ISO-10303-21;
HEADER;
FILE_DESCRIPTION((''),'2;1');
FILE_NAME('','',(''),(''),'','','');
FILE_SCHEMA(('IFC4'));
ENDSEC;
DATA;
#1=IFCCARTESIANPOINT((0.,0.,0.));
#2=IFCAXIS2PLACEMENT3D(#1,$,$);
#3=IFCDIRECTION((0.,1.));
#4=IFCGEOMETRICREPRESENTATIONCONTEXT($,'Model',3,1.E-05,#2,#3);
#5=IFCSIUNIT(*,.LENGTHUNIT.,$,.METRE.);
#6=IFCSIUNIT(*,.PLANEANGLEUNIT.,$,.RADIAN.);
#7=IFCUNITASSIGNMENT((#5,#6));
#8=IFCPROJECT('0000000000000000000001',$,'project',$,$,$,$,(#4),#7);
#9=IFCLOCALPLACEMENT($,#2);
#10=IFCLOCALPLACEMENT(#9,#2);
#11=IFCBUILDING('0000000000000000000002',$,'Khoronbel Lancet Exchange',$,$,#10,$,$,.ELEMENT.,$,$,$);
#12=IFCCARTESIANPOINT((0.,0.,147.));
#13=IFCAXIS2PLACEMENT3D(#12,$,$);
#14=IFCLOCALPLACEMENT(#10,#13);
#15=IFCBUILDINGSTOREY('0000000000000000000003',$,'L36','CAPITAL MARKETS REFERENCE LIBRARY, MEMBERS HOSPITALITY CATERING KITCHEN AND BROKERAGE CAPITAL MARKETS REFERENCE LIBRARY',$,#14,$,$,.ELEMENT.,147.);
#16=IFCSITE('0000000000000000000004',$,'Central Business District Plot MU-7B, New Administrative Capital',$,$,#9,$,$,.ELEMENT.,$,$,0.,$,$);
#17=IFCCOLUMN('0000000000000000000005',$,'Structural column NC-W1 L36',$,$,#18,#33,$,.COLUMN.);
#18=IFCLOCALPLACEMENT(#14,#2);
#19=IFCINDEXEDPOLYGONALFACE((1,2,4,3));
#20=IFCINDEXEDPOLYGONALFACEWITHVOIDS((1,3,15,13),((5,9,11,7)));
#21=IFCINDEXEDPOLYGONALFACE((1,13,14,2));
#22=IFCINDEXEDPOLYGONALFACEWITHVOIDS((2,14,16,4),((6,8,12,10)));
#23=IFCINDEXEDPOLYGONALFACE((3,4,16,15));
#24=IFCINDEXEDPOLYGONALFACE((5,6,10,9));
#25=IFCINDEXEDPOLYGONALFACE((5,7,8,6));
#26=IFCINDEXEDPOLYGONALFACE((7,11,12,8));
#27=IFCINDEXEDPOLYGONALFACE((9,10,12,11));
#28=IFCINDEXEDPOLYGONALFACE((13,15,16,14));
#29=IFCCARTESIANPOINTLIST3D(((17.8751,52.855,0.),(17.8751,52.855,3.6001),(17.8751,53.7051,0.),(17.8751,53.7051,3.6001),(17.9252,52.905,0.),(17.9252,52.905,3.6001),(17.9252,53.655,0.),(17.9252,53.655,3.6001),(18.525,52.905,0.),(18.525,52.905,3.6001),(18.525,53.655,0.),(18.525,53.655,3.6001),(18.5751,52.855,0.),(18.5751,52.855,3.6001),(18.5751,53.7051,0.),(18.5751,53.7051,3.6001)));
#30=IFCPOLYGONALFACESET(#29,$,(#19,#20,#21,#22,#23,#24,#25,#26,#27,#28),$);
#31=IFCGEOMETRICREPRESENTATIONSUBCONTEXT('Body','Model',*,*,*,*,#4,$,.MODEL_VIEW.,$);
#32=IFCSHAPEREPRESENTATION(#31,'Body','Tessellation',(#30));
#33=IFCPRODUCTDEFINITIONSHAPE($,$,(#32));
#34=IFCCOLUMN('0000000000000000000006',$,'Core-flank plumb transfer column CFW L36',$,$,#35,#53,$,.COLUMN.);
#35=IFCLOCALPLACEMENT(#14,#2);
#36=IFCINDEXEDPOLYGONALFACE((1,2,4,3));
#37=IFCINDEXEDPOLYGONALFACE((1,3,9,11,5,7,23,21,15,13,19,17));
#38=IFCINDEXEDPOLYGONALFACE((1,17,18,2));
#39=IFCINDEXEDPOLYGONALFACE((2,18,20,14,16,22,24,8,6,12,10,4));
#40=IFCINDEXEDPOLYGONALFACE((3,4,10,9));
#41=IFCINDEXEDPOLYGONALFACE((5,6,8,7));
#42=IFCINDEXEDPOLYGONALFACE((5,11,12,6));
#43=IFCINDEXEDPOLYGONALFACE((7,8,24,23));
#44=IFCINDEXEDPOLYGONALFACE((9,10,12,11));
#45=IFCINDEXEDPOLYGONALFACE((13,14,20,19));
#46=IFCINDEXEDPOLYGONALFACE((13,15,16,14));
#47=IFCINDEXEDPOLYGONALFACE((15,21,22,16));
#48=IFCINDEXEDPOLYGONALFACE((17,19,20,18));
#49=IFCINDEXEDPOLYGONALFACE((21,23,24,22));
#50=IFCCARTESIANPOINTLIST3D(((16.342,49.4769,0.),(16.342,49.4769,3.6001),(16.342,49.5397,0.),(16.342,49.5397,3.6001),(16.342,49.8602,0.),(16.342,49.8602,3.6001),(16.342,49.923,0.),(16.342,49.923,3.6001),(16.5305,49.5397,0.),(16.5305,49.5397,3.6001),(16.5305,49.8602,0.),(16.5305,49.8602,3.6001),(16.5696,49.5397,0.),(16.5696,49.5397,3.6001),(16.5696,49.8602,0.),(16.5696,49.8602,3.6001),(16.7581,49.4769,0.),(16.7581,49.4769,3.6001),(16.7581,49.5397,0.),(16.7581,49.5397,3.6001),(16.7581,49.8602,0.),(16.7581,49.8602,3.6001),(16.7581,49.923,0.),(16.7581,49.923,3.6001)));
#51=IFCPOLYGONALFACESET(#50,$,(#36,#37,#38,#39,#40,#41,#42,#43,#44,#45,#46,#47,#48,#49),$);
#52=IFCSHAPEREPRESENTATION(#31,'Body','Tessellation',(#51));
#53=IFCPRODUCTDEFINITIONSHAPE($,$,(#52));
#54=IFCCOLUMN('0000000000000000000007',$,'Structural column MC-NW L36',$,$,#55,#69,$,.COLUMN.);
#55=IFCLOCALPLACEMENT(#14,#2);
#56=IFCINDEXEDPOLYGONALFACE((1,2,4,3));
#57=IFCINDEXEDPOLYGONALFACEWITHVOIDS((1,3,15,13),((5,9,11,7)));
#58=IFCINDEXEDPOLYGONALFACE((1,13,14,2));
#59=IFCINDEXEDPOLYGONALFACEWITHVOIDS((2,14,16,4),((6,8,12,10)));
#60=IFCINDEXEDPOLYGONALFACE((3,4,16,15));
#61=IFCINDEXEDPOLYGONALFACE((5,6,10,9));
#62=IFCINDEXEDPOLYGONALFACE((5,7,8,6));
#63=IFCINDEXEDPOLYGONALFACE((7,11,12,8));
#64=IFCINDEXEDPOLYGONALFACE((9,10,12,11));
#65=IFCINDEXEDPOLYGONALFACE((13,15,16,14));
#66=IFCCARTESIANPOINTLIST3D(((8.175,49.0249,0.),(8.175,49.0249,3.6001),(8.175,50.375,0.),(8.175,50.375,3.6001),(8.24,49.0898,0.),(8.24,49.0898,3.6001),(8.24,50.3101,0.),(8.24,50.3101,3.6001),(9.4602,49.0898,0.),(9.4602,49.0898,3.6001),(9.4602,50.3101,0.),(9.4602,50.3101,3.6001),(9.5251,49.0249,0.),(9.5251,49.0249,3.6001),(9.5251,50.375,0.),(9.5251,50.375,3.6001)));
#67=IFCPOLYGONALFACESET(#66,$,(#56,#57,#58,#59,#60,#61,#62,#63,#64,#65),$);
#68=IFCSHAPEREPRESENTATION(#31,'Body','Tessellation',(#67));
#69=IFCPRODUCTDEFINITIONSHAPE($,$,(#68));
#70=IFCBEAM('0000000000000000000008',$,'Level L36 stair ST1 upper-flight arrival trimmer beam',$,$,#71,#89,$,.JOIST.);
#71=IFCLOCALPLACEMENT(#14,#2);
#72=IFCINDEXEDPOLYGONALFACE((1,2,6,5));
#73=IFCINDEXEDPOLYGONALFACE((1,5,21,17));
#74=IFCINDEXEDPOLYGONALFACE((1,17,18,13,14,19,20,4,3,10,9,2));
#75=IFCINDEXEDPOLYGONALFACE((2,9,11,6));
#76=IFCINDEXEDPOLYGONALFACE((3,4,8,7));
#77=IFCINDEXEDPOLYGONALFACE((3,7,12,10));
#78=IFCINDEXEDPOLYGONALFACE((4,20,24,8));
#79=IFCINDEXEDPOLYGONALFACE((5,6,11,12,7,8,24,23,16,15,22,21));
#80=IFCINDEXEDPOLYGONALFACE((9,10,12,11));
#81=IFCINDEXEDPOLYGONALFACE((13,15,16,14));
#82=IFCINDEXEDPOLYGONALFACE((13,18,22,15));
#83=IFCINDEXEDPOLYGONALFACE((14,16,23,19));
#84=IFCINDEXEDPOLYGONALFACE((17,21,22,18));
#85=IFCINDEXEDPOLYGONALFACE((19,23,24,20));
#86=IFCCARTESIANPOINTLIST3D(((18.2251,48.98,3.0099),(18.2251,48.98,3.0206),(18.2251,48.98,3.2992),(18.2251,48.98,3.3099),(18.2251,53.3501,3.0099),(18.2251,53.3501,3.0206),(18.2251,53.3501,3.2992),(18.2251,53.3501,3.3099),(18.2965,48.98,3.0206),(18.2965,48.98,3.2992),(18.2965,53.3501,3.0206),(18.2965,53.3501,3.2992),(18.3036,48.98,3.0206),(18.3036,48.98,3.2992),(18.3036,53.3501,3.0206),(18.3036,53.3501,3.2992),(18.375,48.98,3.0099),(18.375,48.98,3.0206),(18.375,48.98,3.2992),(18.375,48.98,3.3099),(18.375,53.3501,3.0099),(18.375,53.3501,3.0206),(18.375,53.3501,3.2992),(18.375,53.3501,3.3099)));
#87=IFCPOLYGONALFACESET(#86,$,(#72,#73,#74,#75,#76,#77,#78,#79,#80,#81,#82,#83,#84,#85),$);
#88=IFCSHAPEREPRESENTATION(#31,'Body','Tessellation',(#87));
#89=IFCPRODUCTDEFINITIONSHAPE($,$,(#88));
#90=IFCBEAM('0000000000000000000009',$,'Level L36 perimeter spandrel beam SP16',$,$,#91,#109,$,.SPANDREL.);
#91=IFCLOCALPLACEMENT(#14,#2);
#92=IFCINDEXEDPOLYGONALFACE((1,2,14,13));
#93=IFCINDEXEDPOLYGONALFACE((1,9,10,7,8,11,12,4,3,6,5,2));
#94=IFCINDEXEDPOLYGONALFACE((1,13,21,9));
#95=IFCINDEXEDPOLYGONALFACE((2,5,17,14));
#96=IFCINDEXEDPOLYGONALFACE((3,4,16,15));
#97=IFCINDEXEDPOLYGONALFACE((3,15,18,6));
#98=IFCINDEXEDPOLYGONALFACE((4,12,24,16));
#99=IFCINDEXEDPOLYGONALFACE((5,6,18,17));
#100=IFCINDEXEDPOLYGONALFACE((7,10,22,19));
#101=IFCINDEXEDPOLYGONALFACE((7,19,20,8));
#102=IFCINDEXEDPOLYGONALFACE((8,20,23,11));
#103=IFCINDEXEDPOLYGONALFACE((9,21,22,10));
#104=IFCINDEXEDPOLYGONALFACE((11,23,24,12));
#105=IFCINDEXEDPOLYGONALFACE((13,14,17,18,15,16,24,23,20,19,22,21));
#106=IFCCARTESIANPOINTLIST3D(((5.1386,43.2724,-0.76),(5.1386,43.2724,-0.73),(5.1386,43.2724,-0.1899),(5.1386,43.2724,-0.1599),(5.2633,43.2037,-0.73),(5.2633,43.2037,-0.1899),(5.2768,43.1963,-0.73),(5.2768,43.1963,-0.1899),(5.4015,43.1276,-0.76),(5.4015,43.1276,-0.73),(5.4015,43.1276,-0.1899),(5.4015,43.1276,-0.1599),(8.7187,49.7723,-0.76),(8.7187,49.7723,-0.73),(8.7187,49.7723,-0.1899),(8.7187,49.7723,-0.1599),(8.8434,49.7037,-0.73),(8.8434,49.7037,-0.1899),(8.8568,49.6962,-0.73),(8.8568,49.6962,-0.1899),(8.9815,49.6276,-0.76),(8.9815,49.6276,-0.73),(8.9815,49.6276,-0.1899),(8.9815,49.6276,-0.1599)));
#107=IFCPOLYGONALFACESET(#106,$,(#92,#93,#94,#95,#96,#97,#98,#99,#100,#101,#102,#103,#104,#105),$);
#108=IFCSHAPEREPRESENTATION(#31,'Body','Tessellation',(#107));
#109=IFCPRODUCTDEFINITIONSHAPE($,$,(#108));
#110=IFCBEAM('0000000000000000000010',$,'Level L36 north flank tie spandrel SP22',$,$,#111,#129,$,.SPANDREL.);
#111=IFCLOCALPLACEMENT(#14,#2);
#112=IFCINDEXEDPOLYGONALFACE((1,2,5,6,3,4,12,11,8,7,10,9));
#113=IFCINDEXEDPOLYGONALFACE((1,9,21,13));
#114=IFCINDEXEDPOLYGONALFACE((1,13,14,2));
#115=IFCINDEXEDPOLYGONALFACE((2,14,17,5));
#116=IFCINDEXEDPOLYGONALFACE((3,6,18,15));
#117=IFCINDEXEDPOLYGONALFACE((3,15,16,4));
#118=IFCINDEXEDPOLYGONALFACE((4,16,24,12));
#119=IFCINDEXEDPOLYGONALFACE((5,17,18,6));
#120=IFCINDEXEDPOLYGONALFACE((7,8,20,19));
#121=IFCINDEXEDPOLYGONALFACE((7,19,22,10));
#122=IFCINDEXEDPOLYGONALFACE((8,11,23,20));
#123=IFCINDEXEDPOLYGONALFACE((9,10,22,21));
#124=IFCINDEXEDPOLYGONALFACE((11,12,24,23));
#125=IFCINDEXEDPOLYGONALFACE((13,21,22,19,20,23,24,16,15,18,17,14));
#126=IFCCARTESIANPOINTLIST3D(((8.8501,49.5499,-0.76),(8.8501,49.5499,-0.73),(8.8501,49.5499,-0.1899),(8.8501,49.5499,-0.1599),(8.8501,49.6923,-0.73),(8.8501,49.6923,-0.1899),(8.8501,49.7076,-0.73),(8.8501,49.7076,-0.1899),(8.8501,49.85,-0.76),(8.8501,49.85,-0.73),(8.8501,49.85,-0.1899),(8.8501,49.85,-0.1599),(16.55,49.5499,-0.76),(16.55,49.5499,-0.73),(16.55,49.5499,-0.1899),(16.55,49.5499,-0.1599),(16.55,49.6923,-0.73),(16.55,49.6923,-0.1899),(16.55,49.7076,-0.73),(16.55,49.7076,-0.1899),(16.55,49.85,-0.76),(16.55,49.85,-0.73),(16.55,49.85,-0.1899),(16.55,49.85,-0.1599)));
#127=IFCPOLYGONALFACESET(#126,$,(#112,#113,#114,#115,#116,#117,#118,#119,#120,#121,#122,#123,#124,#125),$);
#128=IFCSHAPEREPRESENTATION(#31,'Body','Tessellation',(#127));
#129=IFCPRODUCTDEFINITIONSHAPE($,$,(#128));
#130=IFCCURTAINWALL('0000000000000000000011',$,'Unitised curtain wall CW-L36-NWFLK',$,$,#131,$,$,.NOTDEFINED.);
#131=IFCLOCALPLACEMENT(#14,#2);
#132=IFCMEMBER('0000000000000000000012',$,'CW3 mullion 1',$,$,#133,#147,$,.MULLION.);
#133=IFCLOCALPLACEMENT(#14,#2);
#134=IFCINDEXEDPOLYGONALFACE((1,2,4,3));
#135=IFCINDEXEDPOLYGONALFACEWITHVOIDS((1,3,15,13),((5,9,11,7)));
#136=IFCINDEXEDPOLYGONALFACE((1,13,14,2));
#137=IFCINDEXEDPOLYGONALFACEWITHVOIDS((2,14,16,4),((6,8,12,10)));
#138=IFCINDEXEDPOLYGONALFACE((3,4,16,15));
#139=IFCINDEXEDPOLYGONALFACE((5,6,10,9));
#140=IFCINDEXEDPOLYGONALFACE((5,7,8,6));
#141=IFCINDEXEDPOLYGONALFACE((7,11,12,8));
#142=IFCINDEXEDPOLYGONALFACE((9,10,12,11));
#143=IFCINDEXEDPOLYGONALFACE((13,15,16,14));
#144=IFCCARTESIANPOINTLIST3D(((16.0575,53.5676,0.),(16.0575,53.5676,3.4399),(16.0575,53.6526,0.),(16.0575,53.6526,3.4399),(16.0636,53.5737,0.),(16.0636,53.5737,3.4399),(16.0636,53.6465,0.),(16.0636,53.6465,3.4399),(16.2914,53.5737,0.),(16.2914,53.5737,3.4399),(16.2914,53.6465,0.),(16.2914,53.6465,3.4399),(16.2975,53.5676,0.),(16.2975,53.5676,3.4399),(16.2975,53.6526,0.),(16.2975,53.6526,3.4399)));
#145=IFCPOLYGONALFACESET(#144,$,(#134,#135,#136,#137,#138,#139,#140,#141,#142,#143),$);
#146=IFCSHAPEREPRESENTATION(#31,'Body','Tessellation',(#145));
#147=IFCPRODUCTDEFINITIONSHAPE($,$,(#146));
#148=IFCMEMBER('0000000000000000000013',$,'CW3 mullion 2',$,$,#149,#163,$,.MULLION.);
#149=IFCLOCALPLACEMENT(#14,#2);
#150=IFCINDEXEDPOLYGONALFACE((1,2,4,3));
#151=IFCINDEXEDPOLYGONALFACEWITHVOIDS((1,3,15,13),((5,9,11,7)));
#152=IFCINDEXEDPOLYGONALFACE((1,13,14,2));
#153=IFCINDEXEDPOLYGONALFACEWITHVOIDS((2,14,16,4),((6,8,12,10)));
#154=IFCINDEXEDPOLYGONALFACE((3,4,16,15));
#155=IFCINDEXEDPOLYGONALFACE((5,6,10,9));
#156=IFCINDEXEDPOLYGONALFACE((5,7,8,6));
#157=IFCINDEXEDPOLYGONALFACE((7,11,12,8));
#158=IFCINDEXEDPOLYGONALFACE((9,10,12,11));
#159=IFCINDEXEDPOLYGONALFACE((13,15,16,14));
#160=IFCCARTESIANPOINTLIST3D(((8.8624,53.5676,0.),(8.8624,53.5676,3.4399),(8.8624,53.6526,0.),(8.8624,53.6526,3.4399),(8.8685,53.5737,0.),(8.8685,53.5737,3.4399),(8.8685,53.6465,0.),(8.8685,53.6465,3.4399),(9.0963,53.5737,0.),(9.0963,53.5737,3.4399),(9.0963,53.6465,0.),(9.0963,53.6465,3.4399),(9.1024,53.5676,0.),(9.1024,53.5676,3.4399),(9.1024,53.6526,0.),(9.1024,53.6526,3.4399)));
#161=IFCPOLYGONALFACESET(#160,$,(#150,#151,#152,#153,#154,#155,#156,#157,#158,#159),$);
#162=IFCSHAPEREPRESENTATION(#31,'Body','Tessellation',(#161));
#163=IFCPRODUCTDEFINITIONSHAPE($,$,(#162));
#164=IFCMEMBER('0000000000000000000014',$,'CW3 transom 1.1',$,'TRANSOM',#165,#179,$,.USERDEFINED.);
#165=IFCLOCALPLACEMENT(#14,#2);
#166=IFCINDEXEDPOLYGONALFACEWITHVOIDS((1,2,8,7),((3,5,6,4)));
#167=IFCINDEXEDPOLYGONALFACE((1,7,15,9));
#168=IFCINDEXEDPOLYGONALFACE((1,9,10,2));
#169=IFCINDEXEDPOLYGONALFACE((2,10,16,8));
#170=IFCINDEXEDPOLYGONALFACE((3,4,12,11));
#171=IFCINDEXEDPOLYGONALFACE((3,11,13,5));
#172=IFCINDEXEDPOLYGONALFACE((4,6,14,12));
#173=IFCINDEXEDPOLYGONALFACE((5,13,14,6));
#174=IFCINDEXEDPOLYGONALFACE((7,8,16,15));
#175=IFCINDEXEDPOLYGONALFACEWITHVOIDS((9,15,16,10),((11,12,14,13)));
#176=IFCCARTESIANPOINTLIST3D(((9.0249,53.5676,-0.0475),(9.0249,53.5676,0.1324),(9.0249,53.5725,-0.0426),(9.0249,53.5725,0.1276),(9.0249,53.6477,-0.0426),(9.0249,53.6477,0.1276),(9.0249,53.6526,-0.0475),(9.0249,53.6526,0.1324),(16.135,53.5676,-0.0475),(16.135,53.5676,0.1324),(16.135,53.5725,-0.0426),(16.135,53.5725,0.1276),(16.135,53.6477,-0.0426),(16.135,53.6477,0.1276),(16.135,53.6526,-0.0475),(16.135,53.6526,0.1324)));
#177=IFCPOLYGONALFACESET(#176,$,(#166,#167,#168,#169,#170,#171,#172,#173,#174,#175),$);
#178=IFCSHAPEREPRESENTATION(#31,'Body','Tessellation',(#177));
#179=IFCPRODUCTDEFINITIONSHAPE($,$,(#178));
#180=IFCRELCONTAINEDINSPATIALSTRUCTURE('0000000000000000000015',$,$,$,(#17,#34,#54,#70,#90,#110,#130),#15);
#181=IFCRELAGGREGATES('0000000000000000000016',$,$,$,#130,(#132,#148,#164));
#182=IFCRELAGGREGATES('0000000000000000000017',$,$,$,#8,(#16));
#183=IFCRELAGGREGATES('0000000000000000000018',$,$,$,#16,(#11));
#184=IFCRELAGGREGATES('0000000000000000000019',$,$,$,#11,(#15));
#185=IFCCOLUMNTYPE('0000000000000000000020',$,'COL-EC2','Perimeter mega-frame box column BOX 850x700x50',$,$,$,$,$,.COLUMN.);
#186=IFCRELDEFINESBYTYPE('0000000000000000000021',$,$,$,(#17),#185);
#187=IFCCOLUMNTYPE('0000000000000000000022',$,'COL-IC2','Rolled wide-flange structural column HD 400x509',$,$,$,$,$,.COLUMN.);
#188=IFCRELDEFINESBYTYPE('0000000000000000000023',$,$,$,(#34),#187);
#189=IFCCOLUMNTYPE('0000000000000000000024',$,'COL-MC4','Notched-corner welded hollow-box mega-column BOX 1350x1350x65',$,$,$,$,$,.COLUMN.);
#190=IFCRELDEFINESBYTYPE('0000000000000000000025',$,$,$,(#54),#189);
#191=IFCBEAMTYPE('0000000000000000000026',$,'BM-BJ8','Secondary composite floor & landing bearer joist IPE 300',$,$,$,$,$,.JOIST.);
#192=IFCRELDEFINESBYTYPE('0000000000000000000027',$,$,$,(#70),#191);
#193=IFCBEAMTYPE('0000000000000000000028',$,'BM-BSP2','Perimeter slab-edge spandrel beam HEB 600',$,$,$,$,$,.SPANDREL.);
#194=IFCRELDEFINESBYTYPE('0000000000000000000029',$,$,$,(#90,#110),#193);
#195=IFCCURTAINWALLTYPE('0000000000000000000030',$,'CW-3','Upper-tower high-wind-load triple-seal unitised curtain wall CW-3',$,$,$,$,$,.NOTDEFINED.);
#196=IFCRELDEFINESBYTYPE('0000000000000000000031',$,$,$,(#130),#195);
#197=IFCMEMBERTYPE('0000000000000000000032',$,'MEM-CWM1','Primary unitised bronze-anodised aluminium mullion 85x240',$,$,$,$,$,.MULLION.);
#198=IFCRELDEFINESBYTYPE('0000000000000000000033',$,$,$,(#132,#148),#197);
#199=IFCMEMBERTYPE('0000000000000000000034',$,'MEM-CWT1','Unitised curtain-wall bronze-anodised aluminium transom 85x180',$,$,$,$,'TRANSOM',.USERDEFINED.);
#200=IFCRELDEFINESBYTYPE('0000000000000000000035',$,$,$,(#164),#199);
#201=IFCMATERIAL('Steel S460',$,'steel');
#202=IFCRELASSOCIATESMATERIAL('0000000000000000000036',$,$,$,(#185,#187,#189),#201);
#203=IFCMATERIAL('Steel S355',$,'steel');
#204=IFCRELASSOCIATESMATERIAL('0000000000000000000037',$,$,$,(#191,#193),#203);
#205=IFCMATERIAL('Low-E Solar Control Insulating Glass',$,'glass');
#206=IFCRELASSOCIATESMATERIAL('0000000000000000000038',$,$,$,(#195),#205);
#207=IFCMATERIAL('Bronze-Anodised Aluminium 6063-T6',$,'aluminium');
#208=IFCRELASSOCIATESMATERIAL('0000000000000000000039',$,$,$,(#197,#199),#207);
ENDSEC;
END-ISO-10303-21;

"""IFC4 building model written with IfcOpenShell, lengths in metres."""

from ifc_helpers import new_model, si_unit, direction, frame, origin, origin_2d, place, context, subcontext, project, spatial, hollow_rectangle, i_section, extrude, material, material_profile, profile_set, type_object, element, aggregate, save


model = new_model("IFC4")

# Units and contexts
model_context = context("Model", 3, precision=1e-05, world=origin(), true_north=direction((0.0, 1.0)))
body_context = subcontext(model_context, "Body", "Model", "MODEL_VIEW")
ifc_project = project(units=[si_unit("LENGTHUNIT", "METRE"), si_unit("PLANEANGLEUNIT", "RADIAN")], contexts=[model_context])

# Site, building, storey
site_placement = place(None, origin())
site = spatial("IfcSite", under=ifc_project, at=site_placement, Name="Central Business District Plot MU-7B, New Administrative Capital", CompositionType="ELEMENT", RefElevation=0.0)
building_placement = place(site_placement, origin())
building = spatial("IfcBuilding", under=site, at=building_placement, Name="Khoronbel Lancet Exchange", CompositionType="ELEMENT")
storey_placement = place(building_placement, frame((0.0, 0.0, 147.0)))
storey = spatial("IfcBuildingStorey", under=building, at=storey_placement, Name="L36", Description="CAPITAL MARKETS REFERENCE LIBRARY, MEMBERS HOSPITALITY CATERING KITCHEN AND BROKERAGE CAPITAL MARKETS REFERENCE LIBRARY", CompositionType="ELEMENT", Elevation=147.0)

# Columns
ifc_material_1 = material(Name="Steel S460", Category="steel")
ifc_material_profile_1 = material_profile(ifc_material_1, hollow_rectangle(XDim=0.7, YDim=0.8501, WallThickness=0.05, at=origin_2d()), Name="BOX 850x700x50")
ifc_profile_set_1 = profile_set([ifc_material_profile_1], Name="Steel S460")
column_type_1 = type_object("IfcColumnType", Name="COL-EC2", Description="Perimeter mega-frame box column BOX 850x700x50", PredefinedType="COLUMN", material=ifc_profile_set_1)
column_1_placement = place(storey_placement, frame((18.2251, 53.28, 0.0), z_axis=(0.0, 0.0, 1.0), x_axis=(1.0, 0.0, 0.0)))
element("IfcColumn", 1, at=column_1_placement, inside=storey, type_object=column_type_1, Name="Structural column NC-W1 L36", PredefinedType="COLUMN", context=body_context, shape_type="SweptSolid", body=[
    extrude(hollow_rectangle(XDim=0.7, YDim=0.8501, WallThickness=0.05, at=origin_2d()), origin(), (0.0, 0.0, 1.0), 3.6001),
])
ifc_material_profile_2 = material_profile(ifc_material_1, i_section(OverallWidth=0.416, OverallDepth=0.446, WebThickness=0.0391, FlangeThickness=0.0627, at=origin_2d()), Name="HD 400x509")
ifc_profile_set_2 = profile_set([ifc_material_profile_2], Name="Steel S460")
column_type_2 = type_object("IfcColumnType", Name="COL-IC2", Description="Rolled wide-flange structural column HD 400x509", PredefinedType="COLUMN", material=ifc_profile_set_2)
column_2_placement = place(storey_placement, frame((16.55, 49.7, 0.0), z_axis=(0.0, 0.0, 1.0), x_axis=(1.0, 0.0, 0.0)))
element("IfcColumn", 2, at=column_2_placement, inside=storey, type_object=column_type_2, Name="Core-flank plumb transfer column CFW L36", PredefinedType="COLUMN", context=body_context, shape_type="SweptSolid", body=[
    extrude(i_section(OverallWidth=0.416, OverallDepth=0.446, WebThickness=0.0391, FlangeThickness=0.0627, at=origin_2d()), origin(), (0.0, 0.0, 1.0), 3.6001),
])
ifc_material_profile_3 = material_profile(ifc_material_1, hollow_rectangle(XDim=1.3501, YDim=1.3501, WallThickness=0.0649, at=origin_2d()), Name="BOX 1350x1350x65")
ifc_profile_set_3 = profile_set([ifc_material_profile_3], Name="Steel S460")
column_type_3 = type_object("IfcColumnType", Name="COL-MC4", Description="Notched-corner welded hollow-box mega-column BOX 1350x1350x65", PredefinedType="COLUMN", material=ifc_profile_set_3)
column_3_placement = place(storey_placement, frame((8.8501, 49.7, 0.0), z_axis=(0.0, 0.0, 1.0), x_axis=(1.0, 0.0, 0.0)))
element("IfcColumn", 3, at=column_3_placement, inside=storey, type_object=column_type_3, Name="Structural column MC-NW L36", PredefinedType="COLUMN", context=body_context, shape_type="SweptSolid", body=[
    extrude(hollow_rectangle(XDim=1.3501, YDim=1.3501, WallThickness=0.0649, at=origin_2d()), origin(), (0.0, 0.0, 1.0), 3.6001),
])

# Beams
ifc_material_2 = material(Name="Steel S355", Category="steel")
ifc_material_profile_4 = material_profile(ifc_material_2, i_section(OverallWidth=0.1499, OverallDepth=0.3, WebThickness=0.0071, FlangeThickness=0.0107, at=origin_2d()), Name="IPE 300")
ifc_profile_set_4 = profile_set([ifc_material_profile_4], Name="Steel S355")
beam_type_1 = type_object("IfcBeamType", Name="BM-BJ8", Description="Secondary composite floor & landing bearer joist IPE 300", PredefinedType="JOIST", material=ifc_profile_set_4)
beam_1_placement = place(storey_placement, frame((18.3, 48.98, 3.1599), z_axis=(0.0, 1.0, 0.0), x_axis=(-1.0, 0.0, 0.0)))
element("IfcBeam", 4, at=beam_1_placement, inside=storey, type_object=beam_type_1, Name="Level L36 stair ST1 upper-flight arrival trimmer beam", PredefinedType="JOIST", context=body_context, shape_type="SweptSolid", body=[
    extrude(i_section(OverallWidth=0.1499, OverallDepth=0.3, WebThickness=0.0071, FlangeThickness=0.0107, at=origin_2d()), origin(), (0.0, 0.0, 1.0), 4.3701),
])
ifc_material_profile_5 = material_profile(ifc_material_2, i_section(OverallWidth=0.3, OverallDepth=0.6001, WebThickness=0.0154, FlangeThickness=0.03, at=origin_2d()), Name="HEB 600")
ifc_profile_set_5 = profile_set([ifc_material_profile_5], Name="Steel S355")
beam_type_2 = type_object("IfcBeamType", Name="BM-BSP2", Description="Perimeter slab-edge spandrel beam HEB 600", PredefinedType="SPANDREL", material=ifc_profile_set_5)
beam_2_placement = place(storey_placement, frame((8.8501, 49.7, -0.46), z_axis=(-0.482444, -0.875927, 0.0), x_axis=(0.875927, -0.482444, 0.0)))
element("IfcBeam", 5, at=beam_2_placement, inside=storey, type_object=beam_type_2, Name="Level L36 perimeter spandrel beam SP16", PredefinedType="SPANDREL", context=body_context, shape_type="SweptSolid", body=[
    extrude(i_section(OverallWidth=0.3, OverallDepth=0.6001, WebThickness=0.0154, FlangeThickness=0.03, at=origin_2d()), origin(), (0.0, 0.0, 1.0), 7.4207),
])
beam_3_placement = place(storey_placement, frame((8.8501, 49.7, -0.46), z_axis=(1.0, 0.0, 0.0), x_axis=(0.0, 1.0, 0.0)))
element("IfcBeam", 6, at=beam_3_placement, inside=storey, type_object=beam_type_2, Name="Level L36 north flank tie spandrel SP22", PredefinedType="SPANDREL", context=body_context, shape_type="SweptSolid", body=[
    extrude(i_section(OverallWidth=0.3, OverallDepth=0.6001, WebThickness=0.0154, FlangeThickness=0.03, at=origin_2d()), origin(), (0.0, 0.0, 1.0), 7.7),
])

# Curtain wall, members
ifc_material_3 = material(Name="Low-E Solar Control Insulating Glass", Category="glass")
curtain_wall_type = type_object("IfcCurtainWallType", Name="CW-3", Description="Upper-tower high-wind-load triple-seal unitised curtain wall CW-3", PredefinedType="NOTDEFINED", material=ifc_material_3)
curtain_wall_placement = place(storey_placement, origin())
curtain_wall = element("IfcCurtainWall", 7, at=curtain_wall_placement, inside=storey, type_object=curtain_wall_type, Name="Unitised curtain wall CW-L36-NWFLK", PredefinedType="NOTDEFINED")
ifc_material_4 = material(Name="Bronze-Anodised Aluminium 6063-T6", Category="aluminium")
ifc_material_profile_6 = material_profile(ifc_material_4, hollow_rectangle(XDim=0.085, YDim=0.24, WallThickness=0.0061, at=origin_2d()), Name="ALU MULLION 85x240")
ifc_profile_set_6 = profile_set([ifc_material_profile_6], Name="Bronze-Anodised Aluminium 6063-T6")
member_type_1 = type_object("IfcMemberType", Name="MEM-CWM1", Description="Primary unitised bronze-anodised aluminium mullion 85x240", PredefinedType="MULLION", material=ifc_profile_set_6)
member_1_placement = place(storey_placement, frame((16.1775, 53.6101, 0.0), z_axis=(0.0, 0.0, 1.0), x_axis=(0.0, -1.0, 0.0)))
member_1 = element("IfcMember", 8, at=member_1_placement, type_object=member_type_1, Name="CW3 mullion 1", PredefinedType="MULLION", context=body_context, shape_type="SweptSolid", body=[
    extrude(hollow_rectangle(XDim=0.085, YDim=0.24, WallThickness=0.0061, at=origin_2d()), origin(), (0.0, 0.0, 1.0), 3.4399),
])
member_2_placement = place(storey_placement, frame((8.9824, 53.6101, 0.0), z_axis=(0.0, 0.0, 1.0), x_axis=(0.0, -1.0, 0.0)))
member_2 = element("IfcMember", 9, at=member_2_placement, type_object=member_type_1, Name="CW3 mullion 2", PredefinedType="MULLION", context=body_context, shape_type="SweptSolid", body=[
    extrude(hollow_rectangle(XDim=0.085, YDim=0.24, WallThickness=0.0061, at=origin_2d()), origin(), (0.0, 0.0, 1.0), 3.4399),
])
ifc_material_profile_7 = material_profile(ifc_material_4, hollow_rectangle(XDim=0.085, YDim=0.1799, WallThickness=0.0049, at=origin_2d()), Name="ALU TRANSOM 85x180")
ifc_profile_set_7 = profile_set([ifc_material_profile_7], Name="Bronze-Anodised Aluminium 6063-T6")
member_type_2 = type_object("IfcMemberType", Name="MEM-CWT1", Description="Unitised curtain-wall bronze-anodised aluminium transom 85x180", ElementType="TRANSOM", PredefinedType="USERDEFINED", material=ifc_profile_set_7)
member_3_placement = place(storey_placement, frame((16.135, 53.6101, 0.0425), z_axis=(-1.0, 0.0, 0.0), x_axis=(0.0, -1.0, 0.0)))
member_3 = element("IfcMember", 10, at=member_3_placement, type_object=member_type_2, Name="CW3 transom 1.1", ObjectType="TRANSOM", PredefinedType="USERDEFINED", context=body_context, shape_type="SweptSolid", body=[
    extrude(hollow_rectangle(XDim=0.085, YDim=0.1799, WallThickness=0.0049, at=origin_2d()), origin(), (0.0, 0.0, 1.0), 7.1101),
])

aggregate(curtain_wall, [member_1, member_2, member_3])

save(model, "model.ifc")
